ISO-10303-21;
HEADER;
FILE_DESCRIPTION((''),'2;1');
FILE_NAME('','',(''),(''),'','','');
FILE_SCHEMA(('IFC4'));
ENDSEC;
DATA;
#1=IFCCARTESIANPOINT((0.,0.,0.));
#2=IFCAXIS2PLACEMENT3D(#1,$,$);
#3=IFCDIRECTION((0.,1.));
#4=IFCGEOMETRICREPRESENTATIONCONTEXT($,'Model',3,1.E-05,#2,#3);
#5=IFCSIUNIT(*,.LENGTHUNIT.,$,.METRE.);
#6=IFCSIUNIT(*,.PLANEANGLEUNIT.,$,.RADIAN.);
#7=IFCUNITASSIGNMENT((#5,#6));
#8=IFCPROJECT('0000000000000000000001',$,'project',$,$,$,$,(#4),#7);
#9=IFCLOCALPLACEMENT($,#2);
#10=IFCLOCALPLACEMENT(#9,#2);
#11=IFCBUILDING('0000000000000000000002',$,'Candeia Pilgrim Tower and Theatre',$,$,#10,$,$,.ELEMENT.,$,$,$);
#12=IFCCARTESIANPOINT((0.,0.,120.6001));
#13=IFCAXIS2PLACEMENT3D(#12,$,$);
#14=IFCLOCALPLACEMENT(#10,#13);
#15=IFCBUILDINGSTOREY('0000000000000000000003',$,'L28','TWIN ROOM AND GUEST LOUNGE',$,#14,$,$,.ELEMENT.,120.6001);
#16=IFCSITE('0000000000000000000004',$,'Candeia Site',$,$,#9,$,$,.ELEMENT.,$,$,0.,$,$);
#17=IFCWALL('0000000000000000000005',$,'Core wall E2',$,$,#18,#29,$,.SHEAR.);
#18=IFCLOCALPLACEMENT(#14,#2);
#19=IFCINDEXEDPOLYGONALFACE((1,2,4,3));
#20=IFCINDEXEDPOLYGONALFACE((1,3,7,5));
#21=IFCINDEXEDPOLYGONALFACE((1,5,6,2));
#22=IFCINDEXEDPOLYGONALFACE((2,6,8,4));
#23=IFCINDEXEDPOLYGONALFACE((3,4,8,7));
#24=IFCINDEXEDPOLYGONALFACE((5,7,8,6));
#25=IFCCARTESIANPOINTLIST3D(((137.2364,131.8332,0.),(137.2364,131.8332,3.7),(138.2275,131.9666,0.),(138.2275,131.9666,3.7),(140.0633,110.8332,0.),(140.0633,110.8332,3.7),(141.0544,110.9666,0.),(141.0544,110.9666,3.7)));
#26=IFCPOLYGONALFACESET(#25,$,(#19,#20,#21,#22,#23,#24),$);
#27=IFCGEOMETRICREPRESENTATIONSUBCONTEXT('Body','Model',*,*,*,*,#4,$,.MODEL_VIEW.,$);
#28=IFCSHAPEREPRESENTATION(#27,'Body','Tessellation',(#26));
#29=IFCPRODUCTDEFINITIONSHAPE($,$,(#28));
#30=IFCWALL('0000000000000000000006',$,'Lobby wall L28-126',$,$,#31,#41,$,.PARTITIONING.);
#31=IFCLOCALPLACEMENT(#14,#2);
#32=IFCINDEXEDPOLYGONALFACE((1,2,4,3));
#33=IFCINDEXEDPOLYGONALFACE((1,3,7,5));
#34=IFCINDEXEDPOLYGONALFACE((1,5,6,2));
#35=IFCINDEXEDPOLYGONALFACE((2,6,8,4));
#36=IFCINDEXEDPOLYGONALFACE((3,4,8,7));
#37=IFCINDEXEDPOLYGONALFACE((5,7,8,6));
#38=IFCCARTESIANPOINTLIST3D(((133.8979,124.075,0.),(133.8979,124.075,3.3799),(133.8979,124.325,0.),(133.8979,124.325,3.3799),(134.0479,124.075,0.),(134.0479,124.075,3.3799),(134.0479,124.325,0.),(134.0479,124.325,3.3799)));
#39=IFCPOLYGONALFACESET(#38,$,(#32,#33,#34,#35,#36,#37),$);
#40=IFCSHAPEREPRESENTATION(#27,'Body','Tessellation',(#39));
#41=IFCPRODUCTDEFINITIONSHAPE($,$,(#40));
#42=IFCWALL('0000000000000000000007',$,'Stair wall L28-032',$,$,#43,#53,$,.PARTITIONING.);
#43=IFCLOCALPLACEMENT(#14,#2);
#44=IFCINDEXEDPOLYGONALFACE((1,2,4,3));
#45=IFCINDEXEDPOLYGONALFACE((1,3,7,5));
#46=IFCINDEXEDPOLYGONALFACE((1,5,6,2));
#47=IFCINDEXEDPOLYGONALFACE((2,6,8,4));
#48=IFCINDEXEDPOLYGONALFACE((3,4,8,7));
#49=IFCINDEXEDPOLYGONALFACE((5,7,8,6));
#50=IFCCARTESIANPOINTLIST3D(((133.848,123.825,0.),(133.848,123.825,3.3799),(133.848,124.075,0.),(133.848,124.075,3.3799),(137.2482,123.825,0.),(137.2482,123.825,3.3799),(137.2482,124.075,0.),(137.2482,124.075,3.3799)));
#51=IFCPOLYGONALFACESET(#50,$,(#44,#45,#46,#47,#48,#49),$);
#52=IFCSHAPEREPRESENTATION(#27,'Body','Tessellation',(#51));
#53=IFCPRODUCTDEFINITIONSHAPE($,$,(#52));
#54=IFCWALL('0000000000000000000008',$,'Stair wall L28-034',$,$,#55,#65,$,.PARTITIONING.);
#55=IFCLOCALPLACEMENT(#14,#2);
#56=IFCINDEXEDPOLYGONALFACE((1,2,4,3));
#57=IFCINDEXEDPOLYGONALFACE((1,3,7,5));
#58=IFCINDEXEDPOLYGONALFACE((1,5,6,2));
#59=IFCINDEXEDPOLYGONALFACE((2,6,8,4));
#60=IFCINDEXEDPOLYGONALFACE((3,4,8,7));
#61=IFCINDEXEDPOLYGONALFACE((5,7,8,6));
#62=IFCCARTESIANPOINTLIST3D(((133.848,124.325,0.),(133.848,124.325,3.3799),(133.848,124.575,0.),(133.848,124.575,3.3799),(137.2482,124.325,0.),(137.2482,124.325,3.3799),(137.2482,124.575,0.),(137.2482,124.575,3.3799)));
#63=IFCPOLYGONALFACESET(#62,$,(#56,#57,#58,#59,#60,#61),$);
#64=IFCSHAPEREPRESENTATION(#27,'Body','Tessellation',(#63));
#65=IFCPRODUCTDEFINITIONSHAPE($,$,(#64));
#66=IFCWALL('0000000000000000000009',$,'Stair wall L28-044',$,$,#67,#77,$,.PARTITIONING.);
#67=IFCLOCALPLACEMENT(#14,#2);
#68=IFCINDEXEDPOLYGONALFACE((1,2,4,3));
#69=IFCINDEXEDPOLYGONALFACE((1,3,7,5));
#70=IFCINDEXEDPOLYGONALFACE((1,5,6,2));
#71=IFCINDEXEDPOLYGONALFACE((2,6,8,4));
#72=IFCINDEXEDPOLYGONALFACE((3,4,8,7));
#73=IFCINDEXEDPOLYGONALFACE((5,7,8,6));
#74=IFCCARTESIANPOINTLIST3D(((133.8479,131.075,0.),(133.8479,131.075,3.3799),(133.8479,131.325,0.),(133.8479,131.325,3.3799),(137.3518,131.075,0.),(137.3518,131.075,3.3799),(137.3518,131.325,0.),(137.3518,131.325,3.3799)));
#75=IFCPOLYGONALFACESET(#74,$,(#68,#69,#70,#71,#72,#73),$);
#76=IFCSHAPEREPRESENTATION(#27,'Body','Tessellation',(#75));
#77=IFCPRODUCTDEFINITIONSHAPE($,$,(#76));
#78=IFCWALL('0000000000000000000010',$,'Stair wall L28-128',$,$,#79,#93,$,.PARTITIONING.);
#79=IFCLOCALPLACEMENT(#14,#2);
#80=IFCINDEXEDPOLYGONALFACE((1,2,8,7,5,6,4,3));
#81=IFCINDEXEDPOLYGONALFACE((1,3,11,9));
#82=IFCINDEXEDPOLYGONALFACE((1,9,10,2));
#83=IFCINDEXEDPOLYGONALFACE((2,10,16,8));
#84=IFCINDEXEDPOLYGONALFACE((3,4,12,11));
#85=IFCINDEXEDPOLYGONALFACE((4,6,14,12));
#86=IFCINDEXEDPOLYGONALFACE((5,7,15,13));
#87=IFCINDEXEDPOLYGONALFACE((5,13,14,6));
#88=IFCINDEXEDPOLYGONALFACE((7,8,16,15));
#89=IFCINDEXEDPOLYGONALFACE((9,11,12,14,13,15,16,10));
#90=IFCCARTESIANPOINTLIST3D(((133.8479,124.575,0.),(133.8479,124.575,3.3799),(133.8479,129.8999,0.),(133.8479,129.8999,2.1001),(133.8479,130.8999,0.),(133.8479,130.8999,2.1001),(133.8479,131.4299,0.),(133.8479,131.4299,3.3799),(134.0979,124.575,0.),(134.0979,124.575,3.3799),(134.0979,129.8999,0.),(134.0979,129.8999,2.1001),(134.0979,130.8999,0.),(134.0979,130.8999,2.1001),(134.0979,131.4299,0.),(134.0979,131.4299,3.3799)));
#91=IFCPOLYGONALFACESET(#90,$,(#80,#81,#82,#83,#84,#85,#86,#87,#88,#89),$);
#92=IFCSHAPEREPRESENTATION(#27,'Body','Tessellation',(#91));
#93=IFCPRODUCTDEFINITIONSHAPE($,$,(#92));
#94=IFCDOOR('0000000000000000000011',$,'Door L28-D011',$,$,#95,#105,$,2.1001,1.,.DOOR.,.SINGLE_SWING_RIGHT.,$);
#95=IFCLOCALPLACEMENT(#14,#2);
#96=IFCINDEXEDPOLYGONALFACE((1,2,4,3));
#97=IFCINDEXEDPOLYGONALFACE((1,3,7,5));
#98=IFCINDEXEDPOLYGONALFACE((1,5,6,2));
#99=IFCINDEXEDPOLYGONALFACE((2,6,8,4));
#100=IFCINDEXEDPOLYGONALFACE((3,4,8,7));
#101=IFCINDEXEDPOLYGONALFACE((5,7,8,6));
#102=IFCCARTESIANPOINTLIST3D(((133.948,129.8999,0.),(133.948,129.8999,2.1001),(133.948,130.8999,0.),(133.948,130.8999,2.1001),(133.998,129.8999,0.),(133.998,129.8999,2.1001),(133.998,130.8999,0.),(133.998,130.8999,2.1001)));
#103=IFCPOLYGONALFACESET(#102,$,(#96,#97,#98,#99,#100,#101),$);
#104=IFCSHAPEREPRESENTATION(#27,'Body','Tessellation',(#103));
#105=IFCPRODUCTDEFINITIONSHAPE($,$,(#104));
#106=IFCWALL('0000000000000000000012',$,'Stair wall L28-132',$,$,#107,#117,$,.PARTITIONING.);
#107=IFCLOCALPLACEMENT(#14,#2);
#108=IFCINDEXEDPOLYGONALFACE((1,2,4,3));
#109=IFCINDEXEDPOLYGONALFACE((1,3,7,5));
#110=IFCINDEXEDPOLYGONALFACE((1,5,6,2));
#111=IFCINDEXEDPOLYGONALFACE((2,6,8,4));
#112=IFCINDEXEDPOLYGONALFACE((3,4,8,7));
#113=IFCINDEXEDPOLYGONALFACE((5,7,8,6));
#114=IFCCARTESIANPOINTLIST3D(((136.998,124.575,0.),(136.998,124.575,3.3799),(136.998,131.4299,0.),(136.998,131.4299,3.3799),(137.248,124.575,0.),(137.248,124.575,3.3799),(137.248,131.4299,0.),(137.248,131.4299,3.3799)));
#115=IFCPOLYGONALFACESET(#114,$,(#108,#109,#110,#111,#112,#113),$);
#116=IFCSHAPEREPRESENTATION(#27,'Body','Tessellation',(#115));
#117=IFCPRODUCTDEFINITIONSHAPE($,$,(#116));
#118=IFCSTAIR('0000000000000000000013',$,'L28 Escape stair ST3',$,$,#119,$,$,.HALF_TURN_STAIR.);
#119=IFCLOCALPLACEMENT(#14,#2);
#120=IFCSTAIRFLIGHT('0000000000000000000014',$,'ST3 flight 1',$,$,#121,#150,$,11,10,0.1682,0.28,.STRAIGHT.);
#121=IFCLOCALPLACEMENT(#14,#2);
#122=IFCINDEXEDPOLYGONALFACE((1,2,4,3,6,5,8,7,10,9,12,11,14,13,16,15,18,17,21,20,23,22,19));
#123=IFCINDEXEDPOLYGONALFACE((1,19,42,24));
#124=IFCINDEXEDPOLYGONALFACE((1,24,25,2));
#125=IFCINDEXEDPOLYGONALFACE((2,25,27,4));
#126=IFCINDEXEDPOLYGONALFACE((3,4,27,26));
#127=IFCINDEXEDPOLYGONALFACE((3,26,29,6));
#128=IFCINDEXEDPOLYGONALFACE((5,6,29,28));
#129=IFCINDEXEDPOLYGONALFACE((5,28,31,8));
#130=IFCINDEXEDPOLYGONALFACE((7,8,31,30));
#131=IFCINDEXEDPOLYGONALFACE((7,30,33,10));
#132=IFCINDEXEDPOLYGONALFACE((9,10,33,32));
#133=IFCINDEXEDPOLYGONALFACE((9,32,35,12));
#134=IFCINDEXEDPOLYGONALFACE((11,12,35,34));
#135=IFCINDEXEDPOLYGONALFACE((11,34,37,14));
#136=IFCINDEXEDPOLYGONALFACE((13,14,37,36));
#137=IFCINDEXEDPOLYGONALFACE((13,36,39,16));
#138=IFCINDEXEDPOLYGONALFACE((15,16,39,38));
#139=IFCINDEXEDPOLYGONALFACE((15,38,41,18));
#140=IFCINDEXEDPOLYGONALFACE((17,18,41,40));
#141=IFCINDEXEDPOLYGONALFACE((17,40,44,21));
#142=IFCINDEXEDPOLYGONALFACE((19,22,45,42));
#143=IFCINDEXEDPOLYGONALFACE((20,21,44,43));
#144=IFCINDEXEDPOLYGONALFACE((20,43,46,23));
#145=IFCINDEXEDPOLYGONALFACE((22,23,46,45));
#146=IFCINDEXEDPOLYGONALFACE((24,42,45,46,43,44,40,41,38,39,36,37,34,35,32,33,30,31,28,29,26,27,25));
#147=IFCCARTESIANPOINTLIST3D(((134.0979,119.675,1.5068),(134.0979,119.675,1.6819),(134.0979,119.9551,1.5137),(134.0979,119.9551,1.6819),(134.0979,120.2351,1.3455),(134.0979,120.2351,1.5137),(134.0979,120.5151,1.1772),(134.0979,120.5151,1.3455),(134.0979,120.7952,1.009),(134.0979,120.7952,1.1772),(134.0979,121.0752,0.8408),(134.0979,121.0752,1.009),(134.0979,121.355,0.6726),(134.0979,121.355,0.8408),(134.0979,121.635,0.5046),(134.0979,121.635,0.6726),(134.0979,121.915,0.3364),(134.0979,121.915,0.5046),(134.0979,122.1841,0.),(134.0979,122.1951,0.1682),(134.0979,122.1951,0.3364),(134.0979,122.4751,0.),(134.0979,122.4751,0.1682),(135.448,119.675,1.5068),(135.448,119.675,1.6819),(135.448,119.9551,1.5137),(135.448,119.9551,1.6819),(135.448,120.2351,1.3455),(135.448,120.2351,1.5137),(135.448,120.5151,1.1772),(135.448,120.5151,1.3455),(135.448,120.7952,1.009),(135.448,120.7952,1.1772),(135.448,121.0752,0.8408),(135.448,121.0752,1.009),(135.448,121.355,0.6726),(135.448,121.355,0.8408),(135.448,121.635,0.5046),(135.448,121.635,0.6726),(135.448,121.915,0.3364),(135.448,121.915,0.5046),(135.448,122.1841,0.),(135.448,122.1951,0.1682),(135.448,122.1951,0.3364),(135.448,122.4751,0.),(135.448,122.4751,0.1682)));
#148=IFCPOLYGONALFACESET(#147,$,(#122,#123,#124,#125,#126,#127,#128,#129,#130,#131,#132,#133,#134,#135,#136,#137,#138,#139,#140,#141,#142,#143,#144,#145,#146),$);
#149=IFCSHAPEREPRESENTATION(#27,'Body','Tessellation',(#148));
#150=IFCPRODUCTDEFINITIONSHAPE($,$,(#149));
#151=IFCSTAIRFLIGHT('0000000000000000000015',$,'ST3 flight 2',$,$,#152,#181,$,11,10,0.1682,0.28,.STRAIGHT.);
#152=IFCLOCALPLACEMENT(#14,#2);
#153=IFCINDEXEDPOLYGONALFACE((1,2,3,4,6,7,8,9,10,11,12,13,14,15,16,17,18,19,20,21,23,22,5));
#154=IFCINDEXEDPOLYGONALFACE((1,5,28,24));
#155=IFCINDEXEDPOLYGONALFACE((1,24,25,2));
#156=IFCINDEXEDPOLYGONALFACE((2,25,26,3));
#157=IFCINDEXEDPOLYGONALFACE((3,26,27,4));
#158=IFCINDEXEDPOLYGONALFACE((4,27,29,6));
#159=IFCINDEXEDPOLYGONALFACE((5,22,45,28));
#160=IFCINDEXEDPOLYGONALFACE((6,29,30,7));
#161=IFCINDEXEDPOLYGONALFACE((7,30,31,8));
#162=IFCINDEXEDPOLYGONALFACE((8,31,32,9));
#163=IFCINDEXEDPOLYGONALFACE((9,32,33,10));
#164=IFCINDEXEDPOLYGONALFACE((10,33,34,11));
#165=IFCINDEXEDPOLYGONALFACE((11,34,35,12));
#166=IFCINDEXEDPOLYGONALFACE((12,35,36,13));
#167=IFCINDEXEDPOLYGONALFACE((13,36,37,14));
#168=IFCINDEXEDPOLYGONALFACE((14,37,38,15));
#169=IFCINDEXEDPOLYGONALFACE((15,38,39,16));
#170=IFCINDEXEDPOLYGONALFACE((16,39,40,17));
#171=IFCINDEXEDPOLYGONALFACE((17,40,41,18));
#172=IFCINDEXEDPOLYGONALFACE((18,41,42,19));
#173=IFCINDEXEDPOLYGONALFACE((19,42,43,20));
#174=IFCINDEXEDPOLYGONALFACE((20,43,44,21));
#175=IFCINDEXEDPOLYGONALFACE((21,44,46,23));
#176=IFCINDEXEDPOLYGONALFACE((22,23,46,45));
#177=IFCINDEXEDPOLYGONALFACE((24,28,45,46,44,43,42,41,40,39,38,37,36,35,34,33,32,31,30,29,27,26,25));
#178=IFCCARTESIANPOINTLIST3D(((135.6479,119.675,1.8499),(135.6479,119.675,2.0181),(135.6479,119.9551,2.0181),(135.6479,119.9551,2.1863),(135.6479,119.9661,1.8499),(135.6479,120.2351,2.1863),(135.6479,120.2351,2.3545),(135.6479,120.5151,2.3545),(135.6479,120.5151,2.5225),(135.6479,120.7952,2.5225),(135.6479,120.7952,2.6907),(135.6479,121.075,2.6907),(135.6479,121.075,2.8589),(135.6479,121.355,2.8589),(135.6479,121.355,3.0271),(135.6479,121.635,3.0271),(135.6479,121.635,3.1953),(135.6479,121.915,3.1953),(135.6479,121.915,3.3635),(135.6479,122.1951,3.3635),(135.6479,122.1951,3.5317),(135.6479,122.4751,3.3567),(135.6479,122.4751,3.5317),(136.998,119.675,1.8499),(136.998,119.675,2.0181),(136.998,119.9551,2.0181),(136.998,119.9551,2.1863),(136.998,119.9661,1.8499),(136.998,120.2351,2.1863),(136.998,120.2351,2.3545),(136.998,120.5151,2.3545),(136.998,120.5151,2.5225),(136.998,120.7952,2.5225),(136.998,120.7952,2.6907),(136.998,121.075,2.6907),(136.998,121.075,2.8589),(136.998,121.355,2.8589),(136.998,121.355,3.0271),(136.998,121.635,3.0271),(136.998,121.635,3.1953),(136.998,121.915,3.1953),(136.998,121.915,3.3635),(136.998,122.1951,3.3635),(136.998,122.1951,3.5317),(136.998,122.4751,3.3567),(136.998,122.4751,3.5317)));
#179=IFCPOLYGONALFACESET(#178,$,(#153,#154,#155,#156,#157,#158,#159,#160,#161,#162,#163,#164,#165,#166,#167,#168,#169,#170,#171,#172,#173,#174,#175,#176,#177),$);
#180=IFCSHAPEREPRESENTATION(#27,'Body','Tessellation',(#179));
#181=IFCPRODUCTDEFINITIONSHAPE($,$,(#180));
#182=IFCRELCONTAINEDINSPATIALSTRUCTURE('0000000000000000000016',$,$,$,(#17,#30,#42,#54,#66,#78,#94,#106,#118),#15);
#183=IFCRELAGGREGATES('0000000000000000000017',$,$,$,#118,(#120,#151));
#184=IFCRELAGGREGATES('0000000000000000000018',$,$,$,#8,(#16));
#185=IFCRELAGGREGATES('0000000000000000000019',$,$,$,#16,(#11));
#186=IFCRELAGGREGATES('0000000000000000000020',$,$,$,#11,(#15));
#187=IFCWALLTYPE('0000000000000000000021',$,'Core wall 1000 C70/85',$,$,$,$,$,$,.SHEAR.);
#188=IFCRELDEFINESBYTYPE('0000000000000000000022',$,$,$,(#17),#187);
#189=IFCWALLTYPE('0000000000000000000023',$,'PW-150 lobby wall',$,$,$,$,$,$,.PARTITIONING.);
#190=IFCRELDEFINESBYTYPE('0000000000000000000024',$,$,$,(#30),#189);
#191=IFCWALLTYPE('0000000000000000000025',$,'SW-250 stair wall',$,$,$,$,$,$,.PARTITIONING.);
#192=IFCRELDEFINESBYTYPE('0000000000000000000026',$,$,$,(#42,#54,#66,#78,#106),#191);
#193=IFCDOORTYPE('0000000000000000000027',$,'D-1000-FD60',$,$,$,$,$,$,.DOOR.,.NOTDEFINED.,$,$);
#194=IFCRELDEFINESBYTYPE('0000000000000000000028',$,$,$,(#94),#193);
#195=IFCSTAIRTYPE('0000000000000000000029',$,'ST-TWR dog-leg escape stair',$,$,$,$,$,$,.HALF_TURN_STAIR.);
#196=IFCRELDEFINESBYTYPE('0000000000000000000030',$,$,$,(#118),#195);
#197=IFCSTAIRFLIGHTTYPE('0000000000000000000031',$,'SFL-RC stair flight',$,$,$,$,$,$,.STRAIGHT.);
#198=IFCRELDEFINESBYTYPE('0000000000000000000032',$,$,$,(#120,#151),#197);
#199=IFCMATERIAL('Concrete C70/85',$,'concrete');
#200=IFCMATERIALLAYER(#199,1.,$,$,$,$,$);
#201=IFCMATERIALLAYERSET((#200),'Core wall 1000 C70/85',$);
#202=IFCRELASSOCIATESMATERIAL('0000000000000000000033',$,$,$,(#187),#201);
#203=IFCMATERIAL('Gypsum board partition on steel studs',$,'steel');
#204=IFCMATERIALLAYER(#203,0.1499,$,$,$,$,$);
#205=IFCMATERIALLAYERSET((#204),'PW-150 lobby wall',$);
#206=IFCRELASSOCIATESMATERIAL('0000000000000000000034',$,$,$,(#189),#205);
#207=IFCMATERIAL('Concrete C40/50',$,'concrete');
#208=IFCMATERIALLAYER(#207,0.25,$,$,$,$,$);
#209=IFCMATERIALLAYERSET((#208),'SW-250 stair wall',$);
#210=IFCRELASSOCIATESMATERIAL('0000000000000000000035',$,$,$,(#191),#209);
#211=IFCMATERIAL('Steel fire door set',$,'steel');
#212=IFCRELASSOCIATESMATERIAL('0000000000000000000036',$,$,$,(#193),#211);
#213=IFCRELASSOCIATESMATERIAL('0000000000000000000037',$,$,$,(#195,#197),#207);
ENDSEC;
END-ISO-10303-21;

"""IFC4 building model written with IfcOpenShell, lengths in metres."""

from ifc_helpers import new_model, si_unit, direction, frame, frame_2d, origin, place, context, subcontext, project, spatial, polyline, rectangle, outline, extrude, material, layer, layer_set, type_object, element, fill, aggregate, save


model = new_model("IFC4")

# Units and contexts
model_context = context("Model", 3, precision=1e-05, world=origin(), true_north=direction((0.0, 1.0)))
body_context = subcontext(model_context, "Body", "Model", "MODEL_VIEW")
ifc_project = project(units=[si_unit("LENGTHUNIT", "METRE"), si_unit("PLANEANGLEUNIT", "RADIAN")], contexts=[model_context])

# Site, building, storey
site_placement = place(None, origin())
site = spatial("IfcSite", under=ifc_project, at=site_placement, Name="Candeia Site", CompositionType="ELEMENT", RefElevation=0.0)
building_placement = place(site_placement, origin())
building = spatial("IfcBuilding", under=site, at=building_placement, Name="Candeia Pilgrim Tower and Theatre", CompositionType="ELEMENT")
storey_placement = place(building_placement, frame((0.0, 0.0, 120.6001)))
storey = spatial("IfcBuildingStorey", under=building, at=storey_placement, Name="L28", Description="TWIN ROOM AND GUEST LOUNGE", CompositionType="ELEMENT", Elevation=120.6001)

# Walls
ifc_material_1 = material(Name="Concrete C70/85", Category="concrete")
ifc_layer_1 = layer(ifc_material_1, 1.0)
ifc_layer_set_1 = layer_set([ifc_layer_1], Name="Core wall 1000 C70/85")
wall_type_1 = type_object("IfcWallType", Name="Core wall 1000 C70/85", PredefinedType="SHEAR", material=ifc_layer_set_1)
wall_1_placement = place(storey_placement, frame((137.7319, 131.8999, 0.0), z_axis=(0.0, 0.0, 1.0), x_axis=(0.133411, -0.991061, 0.0)))
element("IfcWall", 1, at=wall_1_placement, inside=storey, type_object=wall_type_1, Name="Core wall E2", PredefinedType="SHEAR", context=body_context, shape_type="SweptSolid", body=[
    extrude(rectangle(XDim=21.1895, YDim=1.0, at=frame_2d((10.5947, 0.0))), origin(), (0.0, 0.0, 1.0), 3.7),
])
ifc_material_2 = material(Name="Gypsum board partition on steel studs", Category="steel")
ifc_layer_2 = layer(ifc_material_2, 0.1499)
ifc_layer_set_2 = layer_set([ifc_layer_2], Name="PW-150 lobby wall")
wall_type_2 = type_object("IfcWallType", Name="PW-150 lobby wall", PredefinedType="PARTITIONING", material=ifc_layer_set_2)
wall_2_placement = place(storey_placement, frame((133.9729, 124.075, 0.0), z_axis=(0.0, 0.0, 1.0), x_axis=(0.0, 1.0, 0.0)))
element("IfcWall", 2, at=wall_2_placement, inside=storey, type_object=wall_type_2, Name="Lobby wall L28-126", PredefinedType="PARTITIONING", context=body_context, shape_type="SweptSolid", body=[
    extrude(rectangle(XDim=0.25, YDim=0.1499, at=frame_2d((0.125, 0.0))), origin(), (0.0, 0.0, 1.0), 3.3799),
])
ifc_material_3 = material(Name="Concrete C40/50", Category="concrete")
ifc_layer_3 = layer(ifc_material_3, 0.25)
ifc_layer_set_3 = layer_set([ifc_layer_3], Name="SW-250 stair wall")
wall_type_3 = type_object("IfcWallType", Name="SW-250 stair wall", PredefinedType="PARTITIONING", material=ifc_layer_set_3)
for number, where, z_axis, x_axis, name in (
    (3, (133.8479, 123.95, 0.0), (0.0, 0.0, 1.0), (1.0, 0.0, 0.0), "Stair wall L28-032"),
    (4, (133.8479, 124.45, 0.0), (0.0, 0.0, 1.0), (1.0, 0.0, 0.0), "Stair wall L28-034"),
):
    element("IfcWall", number, at=place(storey_placement, frame(where, z_axis=z_axis, x_axis=x_axis)), inside=storey, type_object=wall_type_3, Name=name, PredefinedType="PARTITIONING", context=body_context, shape_type="SweptSolid", body=[
        extrude(rectangle(XDim=3.4001, YDim=0.25, at=frame_2d((1.7002, 0.0))), origin(), (0.0, 0.0, 1.0), 3.3799),
    ])
wall_3_placement = place(storey_placement, frame((133.8479, 131.2, 0.0), z_axis=(0.0, 0.0, 1.0), x_axis=(1.0, 0.0, 0.0)))
element("IfcWall", 5, at=wall_3_placement, inside=storey, type_object=wall_type_3, Name="Stair wall L28-044", PredefinedType="PARTITIONING", context=body_context, shape_type="SweptSolid", body=[
    extrude(rectangle(XDim=3.5039, YDim=0.25, at=frame_2d((1.752, 0.0))), origin(), (0.0, 0.0, 1.0), 3.3799),
])

# Wall, opening, door
wall_4_placement = place(storey_placement, frame((133.9729, 124.575, 0.0), z_axis=(0.0, 0.0, 1.0), x_axis=(0.0, 1.0, 0.0)))
wall_4 = element("IfcWall", 6, at=wall_4_placement, inside=storey, type_object=wall_type_3, Name="Stair wall L28-128", PredefinedType="PARTITIONING", context=body_context, shape_type="SweptSolid", body=[
    extrude(rectangle(XDim=6.855, YDim=0.25, at=frame_2d((3.4275, 0.0))), origin(), (0.0, 0.0, 1.0), 3.3799),
])
opening_placement = place(wall_4_placement, frame((5.325, 0.0, 0.0)))
opening = element("IfcOpeningElement", 7, at=opening_placement, cuts=wall_4, PredefinedType="OPENING", context=body_context, shape_type="SweptSolid", body=[
    extrude(rectangle(XDim=1.0, YDim=2.1001, at=frame_2d((0.5, 1.05))), frame((0.0, 0.135, 0.0), z_axis=(0.0, -1.0, 0.0), x_axis=(1.0, 0.0, 0.0)), (0.0, 0.0, 1.0), 0.27),
])
ifc_material_4 = material(Name="Steel fire door set", Category="steel")
door_type = type_object("IfcDoorType", Name="D-1000-FD60", OperationType="NOTDEFINED", PredefinedType="DOOR", material=ifc_material_4)
door_placement = place(opening_placement, origin())
door = element("IfcDoor", 8, at=door_placement, inside=storey, type_object=door_type, Name="Door L28-D011", OperationType="SINGLE_SWING_RIGHT", OverallHeight=2.1001, OverallWidth=1.0, PredefinedType="DOOR", context=body_context, shape_type="SweptSolid", body=[
    extrude(rectangle(XDim=1.0, YDim=2.1001, at=frame_2d((0.5, 1.05))), frame((0.0, 0.0249, 0.0), z_axis=(0.0, -1.0, 0.0), x_axis=(1.0, 0.0, 0.0)), (0.0, 0.0, 1.0), 0.05),
])
fill(opening, door)

# Wall
wall_5_placement = place(storey_placement, frame((137.123, 124.575, 0.0), z_axis=(0.0, 0.0, 1.0), x_axis=(0.0, 1.0, 0.0)))
element("IfcWall", 9, at=wall_5_placement, inside=storey, type_object=wall_type_3, Name="Stair wall L28-132", PredefinedType="PARTITIONING", context=body_context, shape_type="SweptSolid", body=[
    extrude(rectangle(XDim=6.855, YDim=0.25, at=frame_2d((3.4275, 0.0))), origin(), (0.0, 0.0, 1.0), 3.3799),
])

# Stair, stair flights
stair_type = type_object("IfcStairType", Name="ST-TWR dog-leg escape stair", PredefinedType="HALF_TURN_STAIR", material=ifc_material_3)
stair_1_placement = place(storey_placement, origin())
stair_1 = element("IfcStair", 10, at=stair_1_placement, inside=storey, type_object=stair_type, Name="L28 Escape stair ST3", PredefinedType="HALF_TURN_STAIR")
stair_flight_type = type_object("IfcStairFlightType", Name="SFL-RC stair flight", PredefinedType="STRAIGHT", material=ifc_material_3)
stair_flight_1_placement = place(storey_placement, frame((134.7729, 122.4751, 0.0), z_axis=(0.0, 0.0, 1.0), x_axis=(0.0, -1.0, 0.0)))
stair_flight_1 = element("IfcStairFlight", 11, at=stair_flight_1_placement, type_object=stair_flight_type, Name="ST3 flight 1", NumberOfRisers=11, NumberOfTreads=10, PredefinedType="STRAIGHT", RiserHeight=0.1682, TreadLength=0.28, context=body_context, shape_type="SweptSolid", body=[
    extrude(outline(polyline([(0.0, 0.0), (0.0, 0.1682), (0.28, 0.1682), (0.28, 0.3364), (0.5601, 0.3364), (0.5601, 0.5046), (0.8401, 0.5046), (0.8401, 0.6726), (1.1201, 0.6726), (1.1201, 0.8408), (1.3999, 0.8408), (1.3999, 1.009), (1.6799, 1.009), (1.6799, 1.1772), (1.96, 1.1772), (1.96, 1.3455), (2.24, 1.3455), (2.24, 1.5137), (2.52, 1.5137), (2.52, 1.6819), (2.8, 1.6819), (2.8, 1.8501), (2.8, 1.5068), (0.291, 0.0), (0.0, 0.0)])), frame((0.0, 0.675, 0.0), z_axis=(0.0, -1.0, 0.0), x_axis=(1.0, 0.0, 0.0)), (0.0, 0.0, 1.0), 1.3501),
])
stair_flight_2_placement = place(storey_placement, frame((136.323, 119.675, 1.8499), z_axis=(0.0, 0.0, 1.0), x_axis=(0.0, 1.0, 0.0)))
stair_flight_2 = element("IfcStairFlight", 12, at=stair_flight_2_placement, type_object=stair_flight_type, Name="ST3 flight 2", NumberOfRisers=11, NumberOfTreads=10, PredefinedType="STRAIGHT", RiserHeight=0.1682, TreadLength=0.28, context=body_context, shape_type="SweptSolid", body=[
    extrude(outline(polyline([(0.0, 0.0), (0.0, 0.1682), (0.28, 0.1682), (0.28, 0.3364), (0.5601, 0.3364), (0.5601, 0.5046), (0.8401, 0.5046), (0.8401, 0.6726), (1.1201, 0.6726), (1.1201, 0.8408), (1.3999, 0.8408), (1.3999, 1.009), (1.6799, 1.009), (1.6799, 1.1772), (1.96, 1.1772), (1.96, 1.3455), (2.24, 1.3455), (2.24, 1.5137), (2.52, 1.5137), (2.52, 1.6819), (2.8, 1.6819), (2.8, 1.8501), (2.8, 1.5068), (0.291, 0.0), (0.0, 0.0)])), frame((0.0, 0.675, 0.0), z_axis=(0.0, -1.0, 0.0), x_axis=(1.0, 0.0, 0.0)), (0.0, 0.0, 1.0), 1.3501),
])
aggregate(stair_1, [stair_flight_1, stair_flight_2])

save(model, "model.ifc")
